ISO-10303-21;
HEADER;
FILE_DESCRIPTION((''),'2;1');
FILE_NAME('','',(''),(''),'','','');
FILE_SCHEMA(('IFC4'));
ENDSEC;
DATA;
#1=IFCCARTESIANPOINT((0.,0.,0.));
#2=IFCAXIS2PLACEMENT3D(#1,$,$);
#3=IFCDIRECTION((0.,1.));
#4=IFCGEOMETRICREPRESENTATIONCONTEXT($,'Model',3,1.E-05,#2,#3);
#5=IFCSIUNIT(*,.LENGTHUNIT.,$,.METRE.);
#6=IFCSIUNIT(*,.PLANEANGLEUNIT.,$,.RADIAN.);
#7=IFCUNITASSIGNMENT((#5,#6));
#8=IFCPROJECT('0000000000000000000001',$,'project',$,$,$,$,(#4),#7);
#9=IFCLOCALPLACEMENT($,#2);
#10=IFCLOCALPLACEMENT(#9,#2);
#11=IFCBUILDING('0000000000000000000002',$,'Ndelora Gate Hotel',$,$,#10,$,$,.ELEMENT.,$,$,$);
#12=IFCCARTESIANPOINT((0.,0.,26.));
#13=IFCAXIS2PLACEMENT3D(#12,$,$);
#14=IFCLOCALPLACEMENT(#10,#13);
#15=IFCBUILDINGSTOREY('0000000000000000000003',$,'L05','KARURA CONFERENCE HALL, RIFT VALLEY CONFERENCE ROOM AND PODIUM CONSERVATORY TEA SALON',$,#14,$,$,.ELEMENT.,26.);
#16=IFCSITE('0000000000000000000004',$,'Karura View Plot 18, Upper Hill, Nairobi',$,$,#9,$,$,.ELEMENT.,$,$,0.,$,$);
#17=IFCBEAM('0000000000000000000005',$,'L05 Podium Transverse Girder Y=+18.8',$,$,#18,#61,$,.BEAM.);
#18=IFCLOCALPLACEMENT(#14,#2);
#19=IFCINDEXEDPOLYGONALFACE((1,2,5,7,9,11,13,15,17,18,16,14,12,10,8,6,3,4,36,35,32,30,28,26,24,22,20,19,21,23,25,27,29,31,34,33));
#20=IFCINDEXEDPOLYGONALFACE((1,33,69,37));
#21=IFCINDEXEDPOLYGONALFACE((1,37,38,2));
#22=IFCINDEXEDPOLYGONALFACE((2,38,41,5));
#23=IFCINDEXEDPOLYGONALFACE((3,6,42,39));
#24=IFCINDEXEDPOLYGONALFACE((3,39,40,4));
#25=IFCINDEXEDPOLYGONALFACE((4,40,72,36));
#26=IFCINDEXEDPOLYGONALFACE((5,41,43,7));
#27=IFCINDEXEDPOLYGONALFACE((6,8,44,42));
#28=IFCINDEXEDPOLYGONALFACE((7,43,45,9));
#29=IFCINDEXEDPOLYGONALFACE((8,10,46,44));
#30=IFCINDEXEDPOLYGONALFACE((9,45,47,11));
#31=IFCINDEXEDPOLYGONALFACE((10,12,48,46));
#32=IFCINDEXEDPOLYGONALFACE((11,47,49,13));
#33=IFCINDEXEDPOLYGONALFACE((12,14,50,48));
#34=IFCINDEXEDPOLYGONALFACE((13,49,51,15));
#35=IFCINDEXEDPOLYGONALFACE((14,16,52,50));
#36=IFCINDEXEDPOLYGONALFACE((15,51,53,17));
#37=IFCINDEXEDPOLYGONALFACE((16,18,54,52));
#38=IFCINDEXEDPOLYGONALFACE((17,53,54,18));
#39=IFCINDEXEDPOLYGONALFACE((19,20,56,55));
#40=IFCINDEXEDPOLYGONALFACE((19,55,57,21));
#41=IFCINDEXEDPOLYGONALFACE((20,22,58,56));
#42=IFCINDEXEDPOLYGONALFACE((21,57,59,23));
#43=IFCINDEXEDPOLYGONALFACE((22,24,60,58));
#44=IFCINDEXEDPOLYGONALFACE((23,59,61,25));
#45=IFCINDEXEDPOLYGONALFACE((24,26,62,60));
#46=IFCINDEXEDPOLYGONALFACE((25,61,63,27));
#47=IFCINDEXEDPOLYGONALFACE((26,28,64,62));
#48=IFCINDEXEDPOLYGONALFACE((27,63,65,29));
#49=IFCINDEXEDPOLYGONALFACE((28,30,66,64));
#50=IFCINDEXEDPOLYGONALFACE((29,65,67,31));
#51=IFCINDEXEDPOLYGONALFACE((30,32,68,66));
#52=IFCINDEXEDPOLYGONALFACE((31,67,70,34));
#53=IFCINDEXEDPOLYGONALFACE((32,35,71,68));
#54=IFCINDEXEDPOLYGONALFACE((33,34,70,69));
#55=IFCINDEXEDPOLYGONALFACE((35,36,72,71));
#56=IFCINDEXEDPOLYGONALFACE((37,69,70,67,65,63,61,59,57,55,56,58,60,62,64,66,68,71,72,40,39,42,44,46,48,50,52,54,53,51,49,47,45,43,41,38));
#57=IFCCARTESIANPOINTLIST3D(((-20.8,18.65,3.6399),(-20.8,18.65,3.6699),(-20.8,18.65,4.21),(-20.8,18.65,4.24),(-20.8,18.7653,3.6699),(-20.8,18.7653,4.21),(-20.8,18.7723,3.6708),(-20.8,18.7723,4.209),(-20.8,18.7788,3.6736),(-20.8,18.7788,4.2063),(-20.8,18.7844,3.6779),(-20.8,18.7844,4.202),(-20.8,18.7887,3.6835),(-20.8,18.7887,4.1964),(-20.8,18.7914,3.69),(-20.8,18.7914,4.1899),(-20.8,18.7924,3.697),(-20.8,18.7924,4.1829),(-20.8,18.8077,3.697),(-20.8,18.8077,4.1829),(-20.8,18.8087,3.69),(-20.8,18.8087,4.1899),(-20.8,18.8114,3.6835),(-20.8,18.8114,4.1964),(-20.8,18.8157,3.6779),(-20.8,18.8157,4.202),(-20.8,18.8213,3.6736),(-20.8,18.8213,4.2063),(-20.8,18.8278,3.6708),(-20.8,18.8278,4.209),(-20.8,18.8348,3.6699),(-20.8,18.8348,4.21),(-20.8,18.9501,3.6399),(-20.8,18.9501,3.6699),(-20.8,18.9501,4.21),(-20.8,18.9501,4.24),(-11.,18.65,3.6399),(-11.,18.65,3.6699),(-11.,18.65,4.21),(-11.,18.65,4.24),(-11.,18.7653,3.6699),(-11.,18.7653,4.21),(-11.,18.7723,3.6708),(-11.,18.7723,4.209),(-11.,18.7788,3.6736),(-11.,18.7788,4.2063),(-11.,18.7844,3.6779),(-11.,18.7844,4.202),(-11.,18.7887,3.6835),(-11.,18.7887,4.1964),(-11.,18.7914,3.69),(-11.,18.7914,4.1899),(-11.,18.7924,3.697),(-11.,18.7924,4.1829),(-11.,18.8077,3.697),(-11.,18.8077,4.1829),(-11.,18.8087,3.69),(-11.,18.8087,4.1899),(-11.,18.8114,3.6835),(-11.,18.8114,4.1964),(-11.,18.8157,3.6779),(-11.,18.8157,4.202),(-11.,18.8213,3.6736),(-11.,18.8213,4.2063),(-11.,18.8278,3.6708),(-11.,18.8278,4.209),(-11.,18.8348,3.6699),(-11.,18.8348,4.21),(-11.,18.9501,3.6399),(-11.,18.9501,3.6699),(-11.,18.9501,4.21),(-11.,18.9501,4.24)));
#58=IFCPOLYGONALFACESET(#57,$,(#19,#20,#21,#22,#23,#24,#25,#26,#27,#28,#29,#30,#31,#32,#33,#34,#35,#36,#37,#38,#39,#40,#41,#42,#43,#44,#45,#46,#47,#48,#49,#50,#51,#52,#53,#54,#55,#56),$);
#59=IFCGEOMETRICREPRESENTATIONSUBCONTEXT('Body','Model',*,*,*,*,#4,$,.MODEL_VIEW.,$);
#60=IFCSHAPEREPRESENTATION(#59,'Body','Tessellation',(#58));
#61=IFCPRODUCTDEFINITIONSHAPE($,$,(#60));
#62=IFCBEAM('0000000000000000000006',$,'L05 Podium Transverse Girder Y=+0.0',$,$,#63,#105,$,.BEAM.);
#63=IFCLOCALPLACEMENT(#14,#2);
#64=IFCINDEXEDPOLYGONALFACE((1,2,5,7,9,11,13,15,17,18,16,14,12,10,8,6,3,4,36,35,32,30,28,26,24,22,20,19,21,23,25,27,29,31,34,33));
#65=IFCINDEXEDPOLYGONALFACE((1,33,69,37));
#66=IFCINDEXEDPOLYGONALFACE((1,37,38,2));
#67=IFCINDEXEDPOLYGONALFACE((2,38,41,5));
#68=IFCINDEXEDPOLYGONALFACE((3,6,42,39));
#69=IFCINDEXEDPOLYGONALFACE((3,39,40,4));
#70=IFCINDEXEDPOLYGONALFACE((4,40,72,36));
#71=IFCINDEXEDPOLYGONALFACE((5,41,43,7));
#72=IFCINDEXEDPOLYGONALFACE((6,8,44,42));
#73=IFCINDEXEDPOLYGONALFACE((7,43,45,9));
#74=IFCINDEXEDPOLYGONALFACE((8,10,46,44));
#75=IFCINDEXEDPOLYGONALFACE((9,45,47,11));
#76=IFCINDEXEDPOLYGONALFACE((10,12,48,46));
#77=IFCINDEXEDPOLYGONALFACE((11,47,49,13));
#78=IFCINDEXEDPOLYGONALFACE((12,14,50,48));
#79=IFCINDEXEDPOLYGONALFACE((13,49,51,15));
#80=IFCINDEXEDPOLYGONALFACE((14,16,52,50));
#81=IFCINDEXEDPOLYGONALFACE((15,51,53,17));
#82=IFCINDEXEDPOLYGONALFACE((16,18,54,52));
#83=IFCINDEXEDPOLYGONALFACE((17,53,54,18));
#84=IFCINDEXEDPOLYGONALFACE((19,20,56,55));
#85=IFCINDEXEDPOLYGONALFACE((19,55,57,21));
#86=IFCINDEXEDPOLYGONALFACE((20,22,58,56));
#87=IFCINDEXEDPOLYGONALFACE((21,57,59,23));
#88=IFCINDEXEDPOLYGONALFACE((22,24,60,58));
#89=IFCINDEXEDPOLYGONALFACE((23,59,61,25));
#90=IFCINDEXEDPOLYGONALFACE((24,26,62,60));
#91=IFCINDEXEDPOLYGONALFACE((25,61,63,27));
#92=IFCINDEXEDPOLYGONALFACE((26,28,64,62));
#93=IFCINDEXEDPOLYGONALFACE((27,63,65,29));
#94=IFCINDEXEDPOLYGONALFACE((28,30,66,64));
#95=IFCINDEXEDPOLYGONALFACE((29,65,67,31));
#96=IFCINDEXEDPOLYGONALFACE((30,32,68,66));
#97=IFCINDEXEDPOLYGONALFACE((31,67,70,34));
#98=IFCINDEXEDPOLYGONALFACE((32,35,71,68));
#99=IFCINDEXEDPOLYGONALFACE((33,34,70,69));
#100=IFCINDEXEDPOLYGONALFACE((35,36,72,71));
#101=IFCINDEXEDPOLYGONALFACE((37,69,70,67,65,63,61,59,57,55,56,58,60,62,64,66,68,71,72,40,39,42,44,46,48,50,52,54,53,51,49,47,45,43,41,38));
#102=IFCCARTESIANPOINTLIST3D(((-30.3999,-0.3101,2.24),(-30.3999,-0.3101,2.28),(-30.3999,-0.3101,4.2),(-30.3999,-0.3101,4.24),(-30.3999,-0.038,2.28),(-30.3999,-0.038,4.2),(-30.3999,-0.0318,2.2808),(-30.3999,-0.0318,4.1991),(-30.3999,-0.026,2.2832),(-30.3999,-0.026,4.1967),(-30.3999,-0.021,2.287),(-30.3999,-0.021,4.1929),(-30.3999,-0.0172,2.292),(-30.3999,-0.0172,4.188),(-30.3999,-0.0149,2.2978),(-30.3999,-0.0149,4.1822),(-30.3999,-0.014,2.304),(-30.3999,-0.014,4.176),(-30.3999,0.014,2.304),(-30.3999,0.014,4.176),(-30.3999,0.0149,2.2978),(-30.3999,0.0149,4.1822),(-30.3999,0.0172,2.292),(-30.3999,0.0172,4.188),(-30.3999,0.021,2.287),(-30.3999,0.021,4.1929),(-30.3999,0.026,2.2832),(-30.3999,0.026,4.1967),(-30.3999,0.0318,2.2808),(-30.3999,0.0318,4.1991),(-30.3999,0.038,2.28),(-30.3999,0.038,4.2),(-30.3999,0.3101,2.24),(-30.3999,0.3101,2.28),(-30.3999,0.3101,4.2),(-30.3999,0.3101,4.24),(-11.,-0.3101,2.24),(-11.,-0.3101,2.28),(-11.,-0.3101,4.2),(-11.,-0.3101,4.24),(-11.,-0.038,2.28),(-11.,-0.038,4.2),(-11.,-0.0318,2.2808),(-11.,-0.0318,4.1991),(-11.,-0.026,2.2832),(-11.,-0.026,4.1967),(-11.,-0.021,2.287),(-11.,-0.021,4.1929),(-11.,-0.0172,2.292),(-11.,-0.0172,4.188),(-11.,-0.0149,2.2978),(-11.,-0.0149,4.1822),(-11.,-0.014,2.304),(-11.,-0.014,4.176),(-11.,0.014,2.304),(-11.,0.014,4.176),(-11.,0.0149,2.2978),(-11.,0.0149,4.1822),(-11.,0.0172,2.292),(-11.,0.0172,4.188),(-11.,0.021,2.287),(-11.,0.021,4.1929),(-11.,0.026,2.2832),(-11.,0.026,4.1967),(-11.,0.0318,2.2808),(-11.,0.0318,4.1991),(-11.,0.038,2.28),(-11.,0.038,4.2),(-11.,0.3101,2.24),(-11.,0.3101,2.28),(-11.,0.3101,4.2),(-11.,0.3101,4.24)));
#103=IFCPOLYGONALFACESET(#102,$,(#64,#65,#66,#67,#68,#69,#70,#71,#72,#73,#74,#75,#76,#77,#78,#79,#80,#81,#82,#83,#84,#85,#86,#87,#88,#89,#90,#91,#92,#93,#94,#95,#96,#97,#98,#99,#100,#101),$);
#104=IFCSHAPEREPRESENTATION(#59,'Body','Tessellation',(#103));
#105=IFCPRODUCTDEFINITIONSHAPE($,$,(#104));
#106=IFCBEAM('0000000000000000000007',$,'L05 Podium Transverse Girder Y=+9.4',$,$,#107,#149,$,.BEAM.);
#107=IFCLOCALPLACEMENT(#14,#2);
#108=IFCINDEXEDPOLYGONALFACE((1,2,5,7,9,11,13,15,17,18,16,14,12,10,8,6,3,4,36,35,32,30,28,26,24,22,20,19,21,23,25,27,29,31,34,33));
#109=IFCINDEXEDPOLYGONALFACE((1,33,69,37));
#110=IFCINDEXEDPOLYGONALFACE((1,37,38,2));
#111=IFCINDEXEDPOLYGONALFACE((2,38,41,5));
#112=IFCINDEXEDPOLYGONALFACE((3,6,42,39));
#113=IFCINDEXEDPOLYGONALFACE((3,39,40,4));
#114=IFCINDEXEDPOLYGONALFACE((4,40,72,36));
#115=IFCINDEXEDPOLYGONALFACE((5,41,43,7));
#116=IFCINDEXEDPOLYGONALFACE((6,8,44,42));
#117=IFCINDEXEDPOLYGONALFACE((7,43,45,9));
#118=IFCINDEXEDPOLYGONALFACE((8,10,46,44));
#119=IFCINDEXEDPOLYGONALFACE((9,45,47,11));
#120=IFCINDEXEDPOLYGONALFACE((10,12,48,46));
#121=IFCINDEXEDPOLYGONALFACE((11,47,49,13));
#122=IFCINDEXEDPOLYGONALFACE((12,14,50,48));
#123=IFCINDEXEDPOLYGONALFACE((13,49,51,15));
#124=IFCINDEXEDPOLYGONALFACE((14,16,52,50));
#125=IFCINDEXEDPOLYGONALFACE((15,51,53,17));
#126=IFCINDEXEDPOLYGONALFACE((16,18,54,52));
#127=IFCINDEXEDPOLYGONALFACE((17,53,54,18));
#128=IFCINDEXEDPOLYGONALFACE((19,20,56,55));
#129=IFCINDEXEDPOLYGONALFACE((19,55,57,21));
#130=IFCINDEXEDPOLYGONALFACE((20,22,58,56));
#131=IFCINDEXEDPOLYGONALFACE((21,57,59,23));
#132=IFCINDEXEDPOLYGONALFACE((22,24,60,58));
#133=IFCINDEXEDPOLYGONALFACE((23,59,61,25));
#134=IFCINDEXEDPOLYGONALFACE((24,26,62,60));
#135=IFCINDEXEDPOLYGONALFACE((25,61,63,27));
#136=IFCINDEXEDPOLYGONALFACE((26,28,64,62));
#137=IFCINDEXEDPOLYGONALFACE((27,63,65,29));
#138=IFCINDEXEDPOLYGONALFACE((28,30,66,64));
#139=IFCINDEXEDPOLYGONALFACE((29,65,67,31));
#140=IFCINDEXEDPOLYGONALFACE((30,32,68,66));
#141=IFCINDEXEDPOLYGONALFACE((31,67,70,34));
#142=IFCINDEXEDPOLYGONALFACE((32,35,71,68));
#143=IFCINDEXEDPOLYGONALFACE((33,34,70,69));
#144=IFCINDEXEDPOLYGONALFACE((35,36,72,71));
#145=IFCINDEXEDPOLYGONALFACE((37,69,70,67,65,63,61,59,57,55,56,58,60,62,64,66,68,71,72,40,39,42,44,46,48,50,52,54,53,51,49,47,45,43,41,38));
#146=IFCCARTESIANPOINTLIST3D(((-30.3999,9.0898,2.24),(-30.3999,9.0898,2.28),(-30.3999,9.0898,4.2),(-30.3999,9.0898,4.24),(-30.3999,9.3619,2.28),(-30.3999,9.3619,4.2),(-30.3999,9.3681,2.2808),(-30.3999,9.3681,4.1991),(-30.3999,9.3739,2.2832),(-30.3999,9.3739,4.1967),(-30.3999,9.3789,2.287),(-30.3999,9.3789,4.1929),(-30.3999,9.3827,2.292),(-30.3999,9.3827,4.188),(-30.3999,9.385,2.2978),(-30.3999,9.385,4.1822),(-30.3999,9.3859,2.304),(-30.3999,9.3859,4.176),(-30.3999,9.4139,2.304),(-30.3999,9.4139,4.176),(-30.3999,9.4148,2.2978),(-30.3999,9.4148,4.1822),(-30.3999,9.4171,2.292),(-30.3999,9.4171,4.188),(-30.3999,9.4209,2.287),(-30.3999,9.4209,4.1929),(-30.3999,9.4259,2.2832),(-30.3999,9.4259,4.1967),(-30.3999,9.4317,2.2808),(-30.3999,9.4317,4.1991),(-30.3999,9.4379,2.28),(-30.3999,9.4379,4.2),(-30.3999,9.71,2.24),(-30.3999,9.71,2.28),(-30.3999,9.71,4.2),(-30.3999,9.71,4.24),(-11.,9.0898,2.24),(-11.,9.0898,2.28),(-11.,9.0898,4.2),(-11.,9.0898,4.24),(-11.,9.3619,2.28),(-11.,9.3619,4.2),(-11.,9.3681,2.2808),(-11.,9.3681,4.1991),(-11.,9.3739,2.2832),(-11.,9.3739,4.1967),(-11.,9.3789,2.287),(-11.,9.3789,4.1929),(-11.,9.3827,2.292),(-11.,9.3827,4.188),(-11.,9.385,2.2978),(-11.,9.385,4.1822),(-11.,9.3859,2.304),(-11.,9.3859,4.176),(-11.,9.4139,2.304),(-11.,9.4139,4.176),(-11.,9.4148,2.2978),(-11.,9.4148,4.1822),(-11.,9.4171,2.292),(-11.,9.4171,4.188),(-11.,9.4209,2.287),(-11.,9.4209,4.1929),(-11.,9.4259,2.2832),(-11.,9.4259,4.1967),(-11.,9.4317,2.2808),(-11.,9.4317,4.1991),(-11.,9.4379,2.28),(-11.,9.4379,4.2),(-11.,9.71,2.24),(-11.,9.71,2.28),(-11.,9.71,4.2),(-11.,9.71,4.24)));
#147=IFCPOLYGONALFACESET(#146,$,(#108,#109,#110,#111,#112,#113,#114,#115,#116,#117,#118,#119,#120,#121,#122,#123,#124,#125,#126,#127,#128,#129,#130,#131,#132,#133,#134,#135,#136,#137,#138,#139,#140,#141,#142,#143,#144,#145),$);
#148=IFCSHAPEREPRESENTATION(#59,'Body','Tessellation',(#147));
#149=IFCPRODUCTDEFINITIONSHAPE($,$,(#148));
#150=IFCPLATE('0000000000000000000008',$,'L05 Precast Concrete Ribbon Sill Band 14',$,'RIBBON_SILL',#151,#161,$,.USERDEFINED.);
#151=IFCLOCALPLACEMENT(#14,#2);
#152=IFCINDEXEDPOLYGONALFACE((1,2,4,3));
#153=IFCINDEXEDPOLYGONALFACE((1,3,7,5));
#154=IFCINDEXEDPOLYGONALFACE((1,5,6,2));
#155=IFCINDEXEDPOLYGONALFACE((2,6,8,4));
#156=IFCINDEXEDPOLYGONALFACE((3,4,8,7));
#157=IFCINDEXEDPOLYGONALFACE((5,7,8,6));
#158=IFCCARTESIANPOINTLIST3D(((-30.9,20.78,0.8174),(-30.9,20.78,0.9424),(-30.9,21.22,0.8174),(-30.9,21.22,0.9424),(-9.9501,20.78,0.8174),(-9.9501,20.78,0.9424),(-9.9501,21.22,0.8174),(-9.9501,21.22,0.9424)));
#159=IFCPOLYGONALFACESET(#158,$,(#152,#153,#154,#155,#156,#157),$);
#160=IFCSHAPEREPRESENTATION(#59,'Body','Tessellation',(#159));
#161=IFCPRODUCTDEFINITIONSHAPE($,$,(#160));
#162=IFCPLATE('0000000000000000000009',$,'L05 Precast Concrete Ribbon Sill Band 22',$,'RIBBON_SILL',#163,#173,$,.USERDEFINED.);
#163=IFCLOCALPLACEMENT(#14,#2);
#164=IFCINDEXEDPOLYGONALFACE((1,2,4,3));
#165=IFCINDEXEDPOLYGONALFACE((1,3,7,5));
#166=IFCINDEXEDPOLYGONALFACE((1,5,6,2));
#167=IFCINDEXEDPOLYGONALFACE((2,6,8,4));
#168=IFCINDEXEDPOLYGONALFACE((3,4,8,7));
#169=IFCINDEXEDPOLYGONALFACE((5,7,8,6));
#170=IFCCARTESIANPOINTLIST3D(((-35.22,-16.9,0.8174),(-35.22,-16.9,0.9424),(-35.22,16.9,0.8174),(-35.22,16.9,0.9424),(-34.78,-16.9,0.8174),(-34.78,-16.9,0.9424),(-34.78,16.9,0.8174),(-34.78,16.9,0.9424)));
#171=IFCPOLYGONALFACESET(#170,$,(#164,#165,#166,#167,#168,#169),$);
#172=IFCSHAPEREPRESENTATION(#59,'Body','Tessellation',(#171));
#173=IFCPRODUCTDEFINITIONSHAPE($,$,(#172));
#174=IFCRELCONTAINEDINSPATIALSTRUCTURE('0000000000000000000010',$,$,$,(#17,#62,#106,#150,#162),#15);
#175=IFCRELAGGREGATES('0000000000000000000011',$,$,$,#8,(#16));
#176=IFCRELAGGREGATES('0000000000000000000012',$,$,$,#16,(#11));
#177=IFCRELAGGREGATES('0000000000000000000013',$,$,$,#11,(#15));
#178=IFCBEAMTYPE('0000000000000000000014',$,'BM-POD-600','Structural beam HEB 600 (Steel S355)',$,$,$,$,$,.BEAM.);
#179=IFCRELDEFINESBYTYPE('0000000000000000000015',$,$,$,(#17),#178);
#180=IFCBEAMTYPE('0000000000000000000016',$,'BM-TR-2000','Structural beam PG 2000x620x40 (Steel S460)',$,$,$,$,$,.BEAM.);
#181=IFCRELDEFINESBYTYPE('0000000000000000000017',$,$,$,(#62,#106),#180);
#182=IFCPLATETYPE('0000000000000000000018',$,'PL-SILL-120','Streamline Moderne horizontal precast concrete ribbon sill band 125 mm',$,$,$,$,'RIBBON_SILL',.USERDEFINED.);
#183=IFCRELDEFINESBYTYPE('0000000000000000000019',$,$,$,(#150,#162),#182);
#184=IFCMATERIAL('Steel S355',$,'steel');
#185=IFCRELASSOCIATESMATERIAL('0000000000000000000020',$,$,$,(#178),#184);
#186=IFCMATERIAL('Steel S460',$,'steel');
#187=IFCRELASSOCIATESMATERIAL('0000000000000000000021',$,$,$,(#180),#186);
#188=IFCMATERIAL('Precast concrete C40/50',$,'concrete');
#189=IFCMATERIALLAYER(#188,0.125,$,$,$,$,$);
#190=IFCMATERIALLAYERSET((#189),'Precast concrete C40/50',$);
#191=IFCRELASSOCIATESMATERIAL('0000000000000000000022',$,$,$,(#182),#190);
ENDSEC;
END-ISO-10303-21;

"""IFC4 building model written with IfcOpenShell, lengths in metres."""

from ifc_helpers import new_model, si_unit, direction, frame, origin, origin_2d, place, context, subcontext, project, spatial, rectangle, i_section, extrude, material, layer, layer_set, material_profile, profile_set, type_object, element, save


model = new_model("IFC4")

# Units and contexts
model_context = context("Model", 3, precision=1e-05, world=origin(), true_north=direction((0.0, 1.0)))
body_context = subcontext(model_context, "Body", "Model", "MODEL_VIEW")
ifc_project = project(units=[si_unit("LENGTHUNIT", "METRE"), si_unit("PLANEANGLEUNIT", "RADIAN")], contexts=[model_context])

# Site, building, storey
site_placement = place(None, origin())
site = spatial("IfcSite", under=ifc_project, at=site_placement, Name="Karura View Plot 18, Upper Hill, Nairobi", CompositionType="ELEMENT", RefElevation=0.0)
building_placement = place(site_placement, origin())
building = spatial("IfcBuilding", under=site, at=building_placement, Name="Ndelora Gate Hotel", CompositionType="ELEMENT")
storey_placement = place(building_placement, frame((0.0, 0.0, 26.0)))
storey = spatial("IfcBuildingStorey", under=building, at=storey_placement, Name="L05", Description="KARURA CONFERENCE HALL, RIFT VALLEY CONFERENCE ROOM AND PODIUM CONSERVATORY TEA SALON", CompositionType="ELEMENT", Elevation=26.0)

# Beams
ifc_material_1 = material(Name="Steel S460", Category="steel")
ifc_material_2 = material(Name="Steel S355", Category="steel")
ifc_material_profile_1 = material_profile(ifc_material_2, i_section(OverallWidth=0.3, OverallDepth=0.6001, WebThickness=0.0154, FlangeThickness=0.03, FilletRadius=0.0271, at=origin_2d()), Name="HEB 600")
ifc_profile_set_1 = profile_set([ifc_material_profile_1], Name="Steel S355")
beam_type_1 = type_object("IfcBeamType", Name="BM-POD-600", Description="Structural beam HEB 600 (Steel S355)", PredefinedType="BEAM", material=ifc_profile_set_1)
beam_1_placement = place(storey_placement, frame((-20.8, 18.8, 3.9399), z_axis=(1.0, 0.0, 0.0), x_axis=(0.0, 1.0, 0.0)))
element("IfcBeam", 1, at=beam_1_placement, inside=storey, type_object=beam_type_1, Name="L05 Podium Transverse Girder Y=+18.8", PredefinedType="BEAM", context=body_context, shape_type="SweptSolid", body=[
    extrude(i_section(OverallWidth=0.3, OverallDepth=0.6001, WebThickness=0.0154, FlangeThickness=0.03, FilletRadius=0.0271, at=origin_2d()), origin(), (0.0, 0.0, 1.0), 9.8),
])
ifc_material_profile_2 = material_profile(ifc_material_1, i_section(OverallWidth=0.6201, OverallDepth=2.0, WebThickness=0.0281, FlangeThickness=0.04, FilletRadius=0.0239, at=origin_2d()), Name="PG 2000x620x40")
ifc_profile_set_2 = profile_set([ifc_material_profile_2], Name="Steel S460")
beam_type_2 = type_object("IfcBeamType", Name="BM-TR-2000", Description="Structural beam PG 2000x620x40 (Steel S460)", PredefinedType="BEAM", material=ifc_profile_set_2)
for number, where, z_axis, x_axis, name in (
    (2, (-30.3999, 0.0, 3.24), (1.0, 0.0, 0.0), (0.0, 1.0, 0.0), "L05 Podium Transverse Girder Y=+0.0"),
    (3, (-30.3999, 9.3999, 3.24), (1.0, 0.0, 0.0), (0.0, 1.0, 0.0), "L05 Podium Transverse Girder Y=+9.4"),
):
    element("IfcBeam", number, at=place(storey_placement, frame(where, z_axis=z_axis, x_axis=x_axis)), inside=storey, type_object=beam_type_2, Name=name, PredefinedType="BEAM", context=body_context, shape_type="SweptSolid", body=[
        extrude(i_section(OverallWidth=0.6201, OverallDepth=2.0, WebThickness=0.0281, FlangeThickness=0.04, FilletRadius=0.0239, at=origin_2d()), origin(), (0.0, 0.0, 1.0), 19.3999),
    ])

# Plates
ifc_material_3 = material(Name="Precast concrete C40/50", Category="concrete")
ifc_layer_1 = layer(ifc_material_3, 0.125)
ifc_layer_set_1 = layer_set([ifc_layer_1], Name="Precast concrete C40/50")
plate_type = type_object("IfcPlateType", Name="PL-SILL-120", Description="Streamline Moderne horizontal precast concrete ribbon sill band 125 mm", ElementType="RIBBON_SILL", PredefinedType="USERDEFINED", material=ifc_layer_set_1)
plate_1_placement = place(storey_placement, frame((-20.425, 21.0, 0.8174), z_axis=(0.0, 0.0, 1.0), x_axis=(1.0, 0.0, 0.0)))
element("IfcPlate", 4, at=plate_1_placement, inside=storey, type_object=plate_type, Name="L05 Precast Concrete Ribbon Sill Band 14", ObjectType="RIBBON_SILL", PredefinedType="USERDEFINED", context=body_context, shape_type="SweptSolid", body=[
    extrude(rectangle(XDim=20.95, YDim=0.4399, at=origin_2d()), origin(), (0.0, 0.0, 1.0), 0.125),
])
plate_2_placement = place(storey_placement, frame((-35.0, 0.0, 0.8174), z_axis=(0.0, 0.0, 1.0), x_axis=(0.0, 1.0, 0.0)))
element("IfcPlate", 5, at=plate_2_placement, inside=storey, type_object=plate_type, Name="L05 Precast Concrete Ribbon Sill Band 22", ObjectType="RIBBON_SILL", PredefinedType="USERDEFINED", context=body_context, shape_type="SweptSolid", body=[
    extrude(rectangle(XDim=33.8, YDim=0.4399, at=origin_2d()), origin(), (0.0, 0.0, 1.0), 0.125),
])

save(model, "model.ifc")
